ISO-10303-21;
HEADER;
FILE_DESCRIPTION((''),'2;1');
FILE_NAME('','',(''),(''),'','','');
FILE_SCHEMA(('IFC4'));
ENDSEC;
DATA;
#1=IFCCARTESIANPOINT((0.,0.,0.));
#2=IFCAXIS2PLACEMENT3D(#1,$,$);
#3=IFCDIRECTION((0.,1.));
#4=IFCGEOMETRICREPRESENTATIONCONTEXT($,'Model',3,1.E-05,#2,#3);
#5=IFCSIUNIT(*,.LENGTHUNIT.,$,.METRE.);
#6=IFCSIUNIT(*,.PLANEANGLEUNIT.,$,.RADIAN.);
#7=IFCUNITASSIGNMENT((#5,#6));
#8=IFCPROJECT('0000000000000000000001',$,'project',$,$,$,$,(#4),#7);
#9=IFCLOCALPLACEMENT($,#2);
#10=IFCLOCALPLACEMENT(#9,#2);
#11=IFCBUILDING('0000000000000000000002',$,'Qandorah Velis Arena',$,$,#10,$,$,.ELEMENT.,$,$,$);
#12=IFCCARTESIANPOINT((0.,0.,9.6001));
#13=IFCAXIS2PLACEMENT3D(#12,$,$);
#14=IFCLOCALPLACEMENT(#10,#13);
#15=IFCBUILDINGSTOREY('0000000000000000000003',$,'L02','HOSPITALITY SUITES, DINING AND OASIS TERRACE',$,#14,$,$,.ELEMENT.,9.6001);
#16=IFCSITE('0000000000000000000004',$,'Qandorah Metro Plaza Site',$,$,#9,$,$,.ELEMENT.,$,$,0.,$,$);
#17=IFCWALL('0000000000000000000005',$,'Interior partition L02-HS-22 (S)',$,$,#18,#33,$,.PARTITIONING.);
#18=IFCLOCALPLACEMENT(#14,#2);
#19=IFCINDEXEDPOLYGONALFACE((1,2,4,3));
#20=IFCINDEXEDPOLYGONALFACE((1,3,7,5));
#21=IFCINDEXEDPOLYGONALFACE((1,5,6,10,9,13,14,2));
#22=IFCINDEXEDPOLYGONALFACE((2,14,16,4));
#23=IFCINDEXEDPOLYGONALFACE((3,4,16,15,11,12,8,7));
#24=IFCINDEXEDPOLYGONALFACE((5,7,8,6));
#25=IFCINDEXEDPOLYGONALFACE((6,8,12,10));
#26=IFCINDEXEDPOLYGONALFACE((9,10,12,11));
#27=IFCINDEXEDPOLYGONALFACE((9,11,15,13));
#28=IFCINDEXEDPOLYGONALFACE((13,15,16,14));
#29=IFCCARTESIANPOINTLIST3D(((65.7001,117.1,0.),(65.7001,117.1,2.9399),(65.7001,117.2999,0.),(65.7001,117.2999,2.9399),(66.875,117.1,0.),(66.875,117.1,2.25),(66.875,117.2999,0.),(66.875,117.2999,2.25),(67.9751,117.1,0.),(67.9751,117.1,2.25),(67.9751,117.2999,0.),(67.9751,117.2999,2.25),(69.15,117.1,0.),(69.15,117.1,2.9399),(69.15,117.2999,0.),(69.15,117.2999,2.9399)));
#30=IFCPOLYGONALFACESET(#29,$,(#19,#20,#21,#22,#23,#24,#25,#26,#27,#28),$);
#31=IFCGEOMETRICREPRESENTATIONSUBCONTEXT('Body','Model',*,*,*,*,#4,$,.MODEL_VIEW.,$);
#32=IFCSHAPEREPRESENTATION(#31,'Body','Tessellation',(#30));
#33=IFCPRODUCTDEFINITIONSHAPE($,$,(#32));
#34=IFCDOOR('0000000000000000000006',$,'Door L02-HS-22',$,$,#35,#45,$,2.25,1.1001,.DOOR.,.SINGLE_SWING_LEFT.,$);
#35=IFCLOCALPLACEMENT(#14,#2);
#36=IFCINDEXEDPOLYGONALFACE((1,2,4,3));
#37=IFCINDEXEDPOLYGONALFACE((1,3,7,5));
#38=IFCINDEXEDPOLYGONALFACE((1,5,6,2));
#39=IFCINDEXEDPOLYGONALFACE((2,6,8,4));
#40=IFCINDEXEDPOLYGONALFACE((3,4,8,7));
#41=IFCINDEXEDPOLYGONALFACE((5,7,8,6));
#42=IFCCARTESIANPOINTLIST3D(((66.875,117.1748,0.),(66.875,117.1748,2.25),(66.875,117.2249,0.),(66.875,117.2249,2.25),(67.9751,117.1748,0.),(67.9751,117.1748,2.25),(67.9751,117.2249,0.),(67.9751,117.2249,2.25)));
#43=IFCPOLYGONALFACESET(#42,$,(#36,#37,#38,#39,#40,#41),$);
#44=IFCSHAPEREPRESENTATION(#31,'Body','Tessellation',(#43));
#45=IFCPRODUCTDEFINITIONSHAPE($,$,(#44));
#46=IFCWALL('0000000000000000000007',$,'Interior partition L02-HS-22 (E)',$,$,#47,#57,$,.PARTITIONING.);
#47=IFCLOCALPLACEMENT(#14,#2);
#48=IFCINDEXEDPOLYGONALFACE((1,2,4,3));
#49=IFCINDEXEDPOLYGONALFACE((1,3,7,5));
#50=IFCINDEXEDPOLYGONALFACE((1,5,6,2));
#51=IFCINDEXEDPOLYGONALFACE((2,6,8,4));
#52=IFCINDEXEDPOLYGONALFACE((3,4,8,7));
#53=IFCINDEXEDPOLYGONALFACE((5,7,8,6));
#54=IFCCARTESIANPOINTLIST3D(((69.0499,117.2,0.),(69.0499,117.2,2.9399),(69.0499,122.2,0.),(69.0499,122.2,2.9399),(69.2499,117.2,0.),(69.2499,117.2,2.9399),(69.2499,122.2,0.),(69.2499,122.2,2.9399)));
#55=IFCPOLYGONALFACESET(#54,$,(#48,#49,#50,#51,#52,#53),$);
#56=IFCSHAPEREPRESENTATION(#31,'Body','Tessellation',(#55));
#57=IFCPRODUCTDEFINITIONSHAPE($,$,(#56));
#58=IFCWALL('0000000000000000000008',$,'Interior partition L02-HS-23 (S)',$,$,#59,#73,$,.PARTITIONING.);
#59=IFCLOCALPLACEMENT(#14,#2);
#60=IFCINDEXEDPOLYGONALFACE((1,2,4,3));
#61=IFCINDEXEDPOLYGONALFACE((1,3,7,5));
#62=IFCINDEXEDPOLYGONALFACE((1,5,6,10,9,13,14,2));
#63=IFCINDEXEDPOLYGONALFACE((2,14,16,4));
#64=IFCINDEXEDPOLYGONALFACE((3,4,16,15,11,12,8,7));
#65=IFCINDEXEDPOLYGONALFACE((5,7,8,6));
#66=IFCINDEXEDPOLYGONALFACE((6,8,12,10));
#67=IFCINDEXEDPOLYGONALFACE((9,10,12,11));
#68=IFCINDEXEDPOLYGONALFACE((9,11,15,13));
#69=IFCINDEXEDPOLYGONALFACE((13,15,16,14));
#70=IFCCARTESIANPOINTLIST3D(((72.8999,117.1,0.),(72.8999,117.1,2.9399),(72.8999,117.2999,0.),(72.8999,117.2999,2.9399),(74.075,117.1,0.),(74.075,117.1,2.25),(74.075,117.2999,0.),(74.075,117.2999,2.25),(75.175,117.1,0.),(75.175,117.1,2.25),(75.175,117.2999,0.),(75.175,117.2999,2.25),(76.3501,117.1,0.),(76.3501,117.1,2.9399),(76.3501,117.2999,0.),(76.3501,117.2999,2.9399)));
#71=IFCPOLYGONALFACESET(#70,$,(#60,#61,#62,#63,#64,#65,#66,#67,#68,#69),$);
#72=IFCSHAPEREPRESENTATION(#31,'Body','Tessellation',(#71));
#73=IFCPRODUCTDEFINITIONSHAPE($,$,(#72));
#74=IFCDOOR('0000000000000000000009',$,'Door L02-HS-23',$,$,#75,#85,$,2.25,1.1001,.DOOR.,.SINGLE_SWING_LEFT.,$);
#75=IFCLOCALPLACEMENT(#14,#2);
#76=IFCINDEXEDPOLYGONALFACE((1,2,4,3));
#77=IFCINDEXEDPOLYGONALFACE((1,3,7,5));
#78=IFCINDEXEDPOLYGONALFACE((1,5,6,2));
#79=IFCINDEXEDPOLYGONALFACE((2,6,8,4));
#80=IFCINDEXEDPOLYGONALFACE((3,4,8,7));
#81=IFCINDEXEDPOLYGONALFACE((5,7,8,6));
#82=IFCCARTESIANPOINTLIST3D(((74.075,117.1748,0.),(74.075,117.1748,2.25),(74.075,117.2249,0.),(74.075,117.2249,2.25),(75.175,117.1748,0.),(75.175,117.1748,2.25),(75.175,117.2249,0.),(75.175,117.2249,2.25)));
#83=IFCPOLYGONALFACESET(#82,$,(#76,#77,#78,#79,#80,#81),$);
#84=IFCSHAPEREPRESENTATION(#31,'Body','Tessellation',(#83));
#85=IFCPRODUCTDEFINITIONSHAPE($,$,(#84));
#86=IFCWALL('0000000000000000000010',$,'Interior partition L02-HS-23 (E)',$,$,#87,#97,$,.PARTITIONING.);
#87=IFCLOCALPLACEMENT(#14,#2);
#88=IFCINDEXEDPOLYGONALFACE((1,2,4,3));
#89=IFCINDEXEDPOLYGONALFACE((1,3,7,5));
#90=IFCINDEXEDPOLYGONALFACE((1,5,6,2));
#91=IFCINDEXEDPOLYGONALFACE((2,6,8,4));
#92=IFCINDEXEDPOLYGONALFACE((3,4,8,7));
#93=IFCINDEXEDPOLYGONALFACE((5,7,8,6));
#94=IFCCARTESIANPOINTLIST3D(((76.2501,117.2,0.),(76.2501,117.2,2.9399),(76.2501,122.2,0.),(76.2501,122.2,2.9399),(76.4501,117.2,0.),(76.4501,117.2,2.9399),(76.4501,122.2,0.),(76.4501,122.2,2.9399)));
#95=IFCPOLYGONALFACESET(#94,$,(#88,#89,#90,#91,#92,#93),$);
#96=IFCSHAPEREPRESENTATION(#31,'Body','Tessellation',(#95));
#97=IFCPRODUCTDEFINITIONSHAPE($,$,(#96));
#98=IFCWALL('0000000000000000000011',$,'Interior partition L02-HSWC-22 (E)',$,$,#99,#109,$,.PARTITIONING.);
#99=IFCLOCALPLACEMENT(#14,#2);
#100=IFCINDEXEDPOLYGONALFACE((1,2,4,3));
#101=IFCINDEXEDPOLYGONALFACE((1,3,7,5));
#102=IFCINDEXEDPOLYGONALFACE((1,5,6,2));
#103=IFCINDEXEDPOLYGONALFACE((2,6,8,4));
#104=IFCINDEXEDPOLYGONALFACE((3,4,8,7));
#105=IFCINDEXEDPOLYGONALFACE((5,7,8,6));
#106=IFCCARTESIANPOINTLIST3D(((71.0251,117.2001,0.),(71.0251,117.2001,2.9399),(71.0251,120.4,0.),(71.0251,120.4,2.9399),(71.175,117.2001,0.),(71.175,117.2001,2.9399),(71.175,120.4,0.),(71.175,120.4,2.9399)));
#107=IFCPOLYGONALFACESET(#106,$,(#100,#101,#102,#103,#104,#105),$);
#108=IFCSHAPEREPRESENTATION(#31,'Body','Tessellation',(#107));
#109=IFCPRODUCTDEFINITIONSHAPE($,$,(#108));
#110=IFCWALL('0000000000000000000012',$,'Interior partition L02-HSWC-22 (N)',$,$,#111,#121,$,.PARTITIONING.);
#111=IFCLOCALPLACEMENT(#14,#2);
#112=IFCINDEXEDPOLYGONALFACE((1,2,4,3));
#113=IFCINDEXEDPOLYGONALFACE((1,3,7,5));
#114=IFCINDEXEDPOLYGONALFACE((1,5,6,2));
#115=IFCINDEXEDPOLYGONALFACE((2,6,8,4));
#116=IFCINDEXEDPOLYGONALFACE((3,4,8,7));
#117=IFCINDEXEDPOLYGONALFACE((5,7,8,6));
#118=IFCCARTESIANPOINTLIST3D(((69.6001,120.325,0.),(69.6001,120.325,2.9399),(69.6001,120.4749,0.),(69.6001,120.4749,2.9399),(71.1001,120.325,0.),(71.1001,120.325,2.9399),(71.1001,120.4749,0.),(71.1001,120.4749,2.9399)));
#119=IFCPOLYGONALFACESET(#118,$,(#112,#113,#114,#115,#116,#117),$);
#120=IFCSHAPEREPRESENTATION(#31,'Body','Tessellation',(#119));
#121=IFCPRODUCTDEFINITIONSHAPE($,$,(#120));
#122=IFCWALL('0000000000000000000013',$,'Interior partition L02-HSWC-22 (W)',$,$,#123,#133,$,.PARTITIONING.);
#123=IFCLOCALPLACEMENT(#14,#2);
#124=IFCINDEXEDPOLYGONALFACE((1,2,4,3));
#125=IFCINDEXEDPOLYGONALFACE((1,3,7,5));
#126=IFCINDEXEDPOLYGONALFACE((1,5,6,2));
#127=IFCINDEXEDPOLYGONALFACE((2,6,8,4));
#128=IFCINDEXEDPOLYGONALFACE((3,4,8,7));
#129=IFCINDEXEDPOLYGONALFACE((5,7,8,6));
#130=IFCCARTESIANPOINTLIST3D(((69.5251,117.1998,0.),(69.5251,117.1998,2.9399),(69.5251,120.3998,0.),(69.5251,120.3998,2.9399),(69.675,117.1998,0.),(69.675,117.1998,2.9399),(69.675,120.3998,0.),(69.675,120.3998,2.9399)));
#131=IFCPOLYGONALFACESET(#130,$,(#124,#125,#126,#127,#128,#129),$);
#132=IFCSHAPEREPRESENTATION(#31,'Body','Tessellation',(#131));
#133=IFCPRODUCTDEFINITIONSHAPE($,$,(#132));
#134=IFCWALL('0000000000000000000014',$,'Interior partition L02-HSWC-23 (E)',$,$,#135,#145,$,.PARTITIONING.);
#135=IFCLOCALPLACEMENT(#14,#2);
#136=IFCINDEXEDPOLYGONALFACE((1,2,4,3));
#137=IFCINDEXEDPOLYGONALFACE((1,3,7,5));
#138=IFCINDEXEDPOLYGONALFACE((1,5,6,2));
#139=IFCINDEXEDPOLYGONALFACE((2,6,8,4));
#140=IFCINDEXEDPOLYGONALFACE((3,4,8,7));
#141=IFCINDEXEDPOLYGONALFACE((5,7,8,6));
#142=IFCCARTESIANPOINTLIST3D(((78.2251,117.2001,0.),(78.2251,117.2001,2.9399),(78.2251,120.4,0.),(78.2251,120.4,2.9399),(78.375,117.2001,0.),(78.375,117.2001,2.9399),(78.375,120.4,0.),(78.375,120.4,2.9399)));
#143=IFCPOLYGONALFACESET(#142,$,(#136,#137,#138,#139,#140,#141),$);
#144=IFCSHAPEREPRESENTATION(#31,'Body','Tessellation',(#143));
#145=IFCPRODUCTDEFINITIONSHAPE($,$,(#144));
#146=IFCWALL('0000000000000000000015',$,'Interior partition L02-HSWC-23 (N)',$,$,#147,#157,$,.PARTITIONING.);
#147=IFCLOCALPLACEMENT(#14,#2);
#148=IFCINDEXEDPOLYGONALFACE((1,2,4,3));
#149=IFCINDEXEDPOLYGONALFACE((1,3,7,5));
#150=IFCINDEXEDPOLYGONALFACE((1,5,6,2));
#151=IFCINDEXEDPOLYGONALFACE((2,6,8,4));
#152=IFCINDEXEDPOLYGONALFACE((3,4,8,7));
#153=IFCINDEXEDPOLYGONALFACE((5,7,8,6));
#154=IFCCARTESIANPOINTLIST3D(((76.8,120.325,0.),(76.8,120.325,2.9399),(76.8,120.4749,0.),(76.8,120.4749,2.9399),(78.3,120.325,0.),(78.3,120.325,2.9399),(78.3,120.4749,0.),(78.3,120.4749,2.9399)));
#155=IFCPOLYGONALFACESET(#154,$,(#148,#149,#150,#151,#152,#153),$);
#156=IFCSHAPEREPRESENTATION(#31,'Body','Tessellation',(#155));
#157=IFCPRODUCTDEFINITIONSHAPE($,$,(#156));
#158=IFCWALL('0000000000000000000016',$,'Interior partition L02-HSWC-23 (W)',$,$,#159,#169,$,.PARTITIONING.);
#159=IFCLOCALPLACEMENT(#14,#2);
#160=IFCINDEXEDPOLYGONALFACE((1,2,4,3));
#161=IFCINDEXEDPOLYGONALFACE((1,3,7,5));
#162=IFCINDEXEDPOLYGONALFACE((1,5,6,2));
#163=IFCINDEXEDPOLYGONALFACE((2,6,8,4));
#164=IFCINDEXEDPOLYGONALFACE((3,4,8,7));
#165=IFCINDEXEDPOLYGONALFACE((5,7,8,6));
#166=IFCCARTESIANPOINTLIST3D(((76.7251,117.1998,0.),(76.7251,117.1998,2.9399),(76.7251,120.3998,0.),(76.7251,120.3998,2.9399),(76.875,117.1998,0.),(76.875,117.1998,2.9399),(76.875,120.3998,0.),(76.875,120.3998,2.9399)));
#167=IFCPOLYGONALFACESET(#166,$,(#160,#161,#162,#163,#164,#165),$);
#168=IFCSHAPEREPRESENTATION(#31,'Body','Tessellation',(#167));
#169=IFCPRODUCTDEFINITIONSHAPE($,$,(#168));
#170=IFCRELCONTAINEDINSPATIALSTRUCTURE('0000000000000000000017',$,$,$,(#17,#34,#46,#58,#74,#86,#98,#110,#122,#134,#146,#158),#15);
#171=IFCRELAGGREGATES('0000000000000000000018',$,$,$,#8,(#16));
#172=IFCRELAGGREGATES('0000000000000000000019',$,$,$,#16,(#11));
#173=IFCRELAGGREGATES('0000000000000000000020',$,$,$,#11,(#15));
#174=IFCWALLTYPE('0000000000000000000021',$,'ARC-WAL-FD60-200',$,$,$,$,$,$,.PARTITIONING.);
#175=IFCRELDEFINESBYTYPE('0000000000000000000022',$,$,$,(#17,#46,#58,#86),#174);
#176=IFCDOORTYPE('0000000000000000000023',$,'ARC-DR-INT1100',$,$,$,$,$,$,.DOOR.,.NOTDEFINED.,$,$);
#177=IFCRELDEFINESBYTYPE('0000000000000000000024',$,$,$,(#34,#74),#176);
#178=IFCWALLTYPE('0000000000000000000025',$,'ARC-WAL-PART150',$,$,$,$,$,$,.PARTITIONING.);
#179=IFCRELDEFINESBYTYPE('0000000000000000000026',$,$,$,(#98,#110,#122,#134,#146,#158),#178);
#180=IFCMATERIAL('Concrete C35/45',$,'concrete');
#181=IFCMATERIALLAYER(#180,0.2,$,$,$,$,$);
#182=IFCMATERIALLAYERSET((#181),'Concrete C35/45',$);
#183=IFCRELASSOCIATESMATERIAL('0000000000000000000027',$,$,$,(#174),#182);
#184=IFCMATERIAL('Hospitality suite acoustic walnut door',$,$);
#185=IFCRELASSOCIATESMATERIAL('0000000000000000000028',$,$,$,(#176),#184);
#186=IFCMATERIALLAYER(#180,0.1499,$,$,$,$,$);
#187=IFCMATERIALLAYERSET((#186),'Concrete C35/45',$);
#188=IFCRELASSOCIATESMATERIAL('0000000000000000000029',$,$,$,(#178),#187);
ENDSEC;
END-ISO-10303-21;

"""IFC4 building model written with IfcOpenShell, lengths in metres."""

from ifc_helpers import new_model, si_unit, direction, frame, frame_2d, origin, place, context, subcontext, project, spatial, rectangle, extrude, material, layer, layer_set, type_object, element, fill, save


model = new_model("IFC4")

# Units and contexts
model_context = context("Model", 3, precision=1e-05, world=origin(), true_north=direction((0.0, 1.0)))
body_context = subcontext(model_context, "Body", "Model", "MODEL_VIEW")
ifc_project = project(units=[si_unit("LENGTHUNIT", "METRE"), si_unit("PLANEANGLEUNIT", "RADIAN")], contexts=[model_context])

# Site, building, storey
site_placement = place(None, origin())
site = spatial("IfcSite", under=ifc_project, at=site_placement, Name="Qandorah Metro Plaza Site", CompositionType="ELEMENT", RefElevation=0.0)
building_placement = place(site_placement, origin())
building = spatial("IfcBuilding", under=site, at=building_placement, Name="Qandorah Velis Arena", CompositionType="ELEMENT")
storey_placement = place(building_placement, frame((0.0, 0.0, 9.6001)))
storey = spatial("IfcBuildingStorey", under=building, at=storey_placement, Name="L02", Description="HOSPITALITY SUITES, DINING AND OASIS TERRACE", CompositionType="ELEMENT", Elevation=9.6001)

# Wall, opening, door
ifc_material_1 = material(Name="Concrete C35/45", Category="concrete")
ifc_layer_1 = layer(ifc_material_1, 0.2)
ifc_layer_set_1 = layer_set([ifc_layer_1], Name="Concrete C35/45")
wall_type_1 = type_object("IfcWallType", Name="ARC-WAL-FD60-200", PredefinedType="PARTITIONING", material=ifc_layer_set_1)
wall_1_placement = place(storey_placement, frame((65.7, 117.2, 0.0), z_axis=(0.0, 0.0, 1.0), x_axis=(1.0, 0.0, 0.0)))
wall_1 = element("IfcWall", 1, at=wall_1_placement, inside=storey, type_object=wall_type_1, Name="Interior partition L02-HS-22 (S)", PredefinedType="PARTITIONING", context=body_context, shape_type="SweptSolid", body=[
    extrude(rectangle(XDim=3.45, YDim=0.2, at=frame_2d((1.7251, 0.0))), origin(), (0.0, 0.0, 1.0), 2.9399),
])
opening_1_placement = place(wall_1_placement, frame((1.175, 0.0, 0.0)))
opening_1 = element("IfcOpeningElement", 2, at=opening_1_placement, cuts=wall_1, PredefinedType="OPENING", context=body_context, shape_type="SweptSolid", body=[
    extrude(rectangle(XDim=1.1001, YDim=2.25, at=frame_2d((0.55, 1.125))), frame((0.0, 0.1099, 0.0), z_axis=(0.0, -1.0, 0.0), x_axis=(1.0, 0.0, 0.0)), (0.0, 0.0, 1.0), 0.22),
])
ifc_material_2 = material(Name="Hospitality suite acoustic walnut door")
door_type_1 = type_object("IfcDoorType", Name="ARC-DR-INT1100", OperationType="NOTDEFINED", PredefinedType="DOOR", material=ifc_material_2)
door_1_placement = place(opening_1_placement, origin())
door_1 = element("IfcDoor", 3, at=door_1_placement, inside=storey, type_object=door_type_1, Name="Door L02-HS-22", OperationType="SINGLE_SWING_LEFT", OverallHeight=2.25, OverallWidth=1.1001, PredefinedType="DOOR", context=body_context, shape_type="SweptSolid", body=[
    extrude(rectangle(XDim=1.1001, YDim=2.25, at=frame_2d((0.55, 1.125))), frame((0.0, 0.0249, 0.0), z_axis=(0.0, -1.0, 0.0), x_axis=(1.0, 0.0, 0.0)), (0.0, 0.0, 1.0), 0.05),
])
fill(opening_1, door_1)

# Wall
wall_2_placement = place(storey_placement, frame((69.1499, 117.2, 0.0), z_axis=(0.0, 0.0, 1.0), x_axis=(0.0, 1.0, 0.0)))
element("IfcWall", 4, at=wall_2_placement, inside=storey, type_object=wall_type_1, Name="Interior partition L02-HS-22 (E)", PredefinedType="PARTITIONING", context=body_context, shape_type="SweptSolid", body=[
    extrude(rectangle(XDim=5.0, YDim=0.2, at=frame_2d((2.5, 0.0))), origin(), (0.0, 0.0, 1.0), 2.9399),
])

# Wall, opening, door
wall_3_placement = place(storey_placement, frame((72.8999, 117.2, 0.0), z_axis=(0.0, 0.0, 1.0), x_axis=(1.0, 0.0, 0.0)))
wall_3 = element("IfcWall", 5, at=wall_3_placement, inside=storey, type_object=wall_type_1, Name="Interior partition L02-HS-23 (S)", PredefinedType="PARTITIONING", context=body_context, shape_type="SweptSolid", body=[
    extrude(rectangle(XDim=3.4502, YDim=0.2, at=frame_2d((1.7251, 0.0))), origin(), (0.0, 0.0, 1.0), 2.9399),
])
opening_2_placement = place(wall_3_placement, frame((1.175, 0.0, 0.0)))
opening_2 = element("IfcOpeningElement", 6, at=opening_2_placement, cuts=wall_3, PredefinedType="OPENING", context=body_context, shape_type="SweptSolid", body=[
    extrude(rectangle(XDim=1.1001, YDim=2.25, at=frame_2d((0.55, 1.125))), frame((0.0, 0.1099, 0.0), z_axis=(0.0, -1.0, 0.0), x_axis=(1.0, 0.0, 0.0)), (0.0, 0.0, 1.0), 0.22),
])
door_2_placement = place(opening_2_placement, origin())
door_2 = element("IfcDoor", 7, at=door_2_placement, inside=storey, type_object=door_type_1, Name="Door L02-HS-23", OperationType="SINGLE_SWING_LEFT", OverallHeight=2.25, OverallWidth=1.1001, PredefinedType="DOOR", context=body_context, shape_type="SweptSolid", body=[
    extrude(rectangle(XDim=1.1001, YDim=2.25, at=frame_2d((0.55, 1.125))), frame((0.0, 0.0249, 0.0), z_axis=(0.0, -1.0, 0.0), x_axis=(1.0, 0.0, 0.0)), (0.0, 0.0, 1.0), 0.05),
])
fill(opening_2, door_2)

# Wall
wall_4_placement = place(storey_placement, frame((76.3501, 117.2, 0.0), z_axis=(0.0, 0.0, 1.0), x_axis=(0.0, 1.0, 0.0)))
element("IfcWall", 8, at=wall_4_placement, inside=storey, type_object=wall_type_1, Name="Interior partition L02-HS-23 (E)", PredefinedType="PARTITIONING", context=body_context, shape_type="SweptSolid", body=[
    extrude(rectangle(XDim=5.0, YDim=0.2, at=frame_2d((2.5, 0.0))), origin(), (0.0, 0.0, 1.0), 2.9399),
])

# Shared definitions
ifc_layer_2 = layer(ifc_material_1, 0.1499)
ifc_layer_set_2 = layer_set([ifc_layer_2], Name="Concrete C35/45")
wall_type_2 = type_object("IfcWallType", Name="ARC-WAL-PART150", PredefinedType="PARTITIONING", material=ifc_layer_set_2)

# Walls
wall_5_placement = place(storey_placement, frame((71.1001, 117.2, 0.0), z_axis=(0.0, 0.0, 1.0), x_axis=(0.0, 1.0, 0.0)))
element("IfcWall", 9, at=wall_5_placement, inside=storey, type_object=wall_type_2, Name="Interior partition L02-HSWC-22 (E)", PredefinedType="PARTITIONING", context=body_context, shape_type="SweptSolid", body=[
    extrude(rectangle(XDim=3.2, YDim=0.1499, at=frame_2d((1.6001, 0.0))), origin(), (0.0, 0.0, 1.0), 2.9399),
])
wall_6_placement = place(storey_placement, frame((71.1001, 120.3999, 0.0), z_axis=(0.0, 0.0, 1.0), x_axis=(-1.0, 0.0, 0.0)))
element("IfcWall", 10, at=wall_6_placement, inside=storey, type_object=wall_type_2, Name="Interior partition L02-HSWC-22 (N)", PredefinedType="PARTITIONING", context=body_context, shape_type="SweptSolid", body=[
    extrude(rectangle(XDim=1.5, YDim=0.1499, at=frame_2d((0.75, 0.0))), origin(), (0.0, 0.0, 1.0), 2.9399),
])
wall_7_placement = place(storey_placement, frame((69.6001, 120.3999, 0.0), z_axis=(0.0, 0.0, 1.0), x_axis=(0.0, -1.0, 0.0)))
element("IfcWall", 11, at=wall_7_placement, inside=storey, type_object=wall_type_2, Name="Interior partition L02-HSWC-22 (W)", PredefinedType="PARTITIONING", context=body_context, shape_type="SweptSolid", body=[
    extrude(rectangle(XDim=3.2, YDim=0.1499, at=frame_2d((1.6001, 0.0))), origin(), (0.0, 0.0, 1.0), 2.9399),
])

# Walls
wall_8_placement = place(storey_placement, frame((78.3, 117.2, 0.0), z_axis=(0.0, 0.0, 1.0), x_axis=(0.0, 1.0, 0.0)))
element("IfcWall", 12, at=wall_8_placement, inside=storey, type_object=wall_type_2, Name="Interior partition L02-HSWC-23 (E)", PredefinedType="PARTITIONING", context=body_context, shape_type="SweptSolid", body=[
    extrude(rectangle(XDim=3.2, YDim=0.1499, at=frame_2d((1.6001, 0.0))), origin(), (0.0, 0.0, 1.0), 2.9399),
])
wall_9_placement = place(storey_placement, frame((78.3, 120.3999, 0.0), z_axis=(0.0, 0.0, 1.0), x_axis=(-1.0, 0.0, 0.0)))
element("IfcWall", 13, at=wall_9_placement, inside=storey, type_object=wall_type_2, Name="Interior partition L02-HSWC-23 (N)", PredefinedType="PARTITIONING", context=body_context, shape_type="SweptSolid", body=[
    extrude(rectangle(XDim=1.5, YDim=0.1499, at=frame_2d((0.75, 0.0))), origin(), (0.0, 0.0, 1.0), 2.9399),
])
wall_10_placement = place(storey_placement, frame((76.8, 120.3999, 0.0), z_axis=(0.0, 0.0, 1.0), x_axis=(0.0, -1.0, 0.0)))
element("IfcWall", 14, at=wall_10_placement, inside=storey, type_object=wall_type_2, Name="Interior partition L02-HSWC-23 (W)", PredefinedType="PARTITIONING", context=body_context, shape_type="SweptSolid", body=[
    extrude(rectangle(XDim=3.2, YDim=0.1499, at=frame_2d((1.6001, 0.0))), origin(), (0.0, 0.0, 1.0), 2.9399),
])

save(model, "model.ifc")
